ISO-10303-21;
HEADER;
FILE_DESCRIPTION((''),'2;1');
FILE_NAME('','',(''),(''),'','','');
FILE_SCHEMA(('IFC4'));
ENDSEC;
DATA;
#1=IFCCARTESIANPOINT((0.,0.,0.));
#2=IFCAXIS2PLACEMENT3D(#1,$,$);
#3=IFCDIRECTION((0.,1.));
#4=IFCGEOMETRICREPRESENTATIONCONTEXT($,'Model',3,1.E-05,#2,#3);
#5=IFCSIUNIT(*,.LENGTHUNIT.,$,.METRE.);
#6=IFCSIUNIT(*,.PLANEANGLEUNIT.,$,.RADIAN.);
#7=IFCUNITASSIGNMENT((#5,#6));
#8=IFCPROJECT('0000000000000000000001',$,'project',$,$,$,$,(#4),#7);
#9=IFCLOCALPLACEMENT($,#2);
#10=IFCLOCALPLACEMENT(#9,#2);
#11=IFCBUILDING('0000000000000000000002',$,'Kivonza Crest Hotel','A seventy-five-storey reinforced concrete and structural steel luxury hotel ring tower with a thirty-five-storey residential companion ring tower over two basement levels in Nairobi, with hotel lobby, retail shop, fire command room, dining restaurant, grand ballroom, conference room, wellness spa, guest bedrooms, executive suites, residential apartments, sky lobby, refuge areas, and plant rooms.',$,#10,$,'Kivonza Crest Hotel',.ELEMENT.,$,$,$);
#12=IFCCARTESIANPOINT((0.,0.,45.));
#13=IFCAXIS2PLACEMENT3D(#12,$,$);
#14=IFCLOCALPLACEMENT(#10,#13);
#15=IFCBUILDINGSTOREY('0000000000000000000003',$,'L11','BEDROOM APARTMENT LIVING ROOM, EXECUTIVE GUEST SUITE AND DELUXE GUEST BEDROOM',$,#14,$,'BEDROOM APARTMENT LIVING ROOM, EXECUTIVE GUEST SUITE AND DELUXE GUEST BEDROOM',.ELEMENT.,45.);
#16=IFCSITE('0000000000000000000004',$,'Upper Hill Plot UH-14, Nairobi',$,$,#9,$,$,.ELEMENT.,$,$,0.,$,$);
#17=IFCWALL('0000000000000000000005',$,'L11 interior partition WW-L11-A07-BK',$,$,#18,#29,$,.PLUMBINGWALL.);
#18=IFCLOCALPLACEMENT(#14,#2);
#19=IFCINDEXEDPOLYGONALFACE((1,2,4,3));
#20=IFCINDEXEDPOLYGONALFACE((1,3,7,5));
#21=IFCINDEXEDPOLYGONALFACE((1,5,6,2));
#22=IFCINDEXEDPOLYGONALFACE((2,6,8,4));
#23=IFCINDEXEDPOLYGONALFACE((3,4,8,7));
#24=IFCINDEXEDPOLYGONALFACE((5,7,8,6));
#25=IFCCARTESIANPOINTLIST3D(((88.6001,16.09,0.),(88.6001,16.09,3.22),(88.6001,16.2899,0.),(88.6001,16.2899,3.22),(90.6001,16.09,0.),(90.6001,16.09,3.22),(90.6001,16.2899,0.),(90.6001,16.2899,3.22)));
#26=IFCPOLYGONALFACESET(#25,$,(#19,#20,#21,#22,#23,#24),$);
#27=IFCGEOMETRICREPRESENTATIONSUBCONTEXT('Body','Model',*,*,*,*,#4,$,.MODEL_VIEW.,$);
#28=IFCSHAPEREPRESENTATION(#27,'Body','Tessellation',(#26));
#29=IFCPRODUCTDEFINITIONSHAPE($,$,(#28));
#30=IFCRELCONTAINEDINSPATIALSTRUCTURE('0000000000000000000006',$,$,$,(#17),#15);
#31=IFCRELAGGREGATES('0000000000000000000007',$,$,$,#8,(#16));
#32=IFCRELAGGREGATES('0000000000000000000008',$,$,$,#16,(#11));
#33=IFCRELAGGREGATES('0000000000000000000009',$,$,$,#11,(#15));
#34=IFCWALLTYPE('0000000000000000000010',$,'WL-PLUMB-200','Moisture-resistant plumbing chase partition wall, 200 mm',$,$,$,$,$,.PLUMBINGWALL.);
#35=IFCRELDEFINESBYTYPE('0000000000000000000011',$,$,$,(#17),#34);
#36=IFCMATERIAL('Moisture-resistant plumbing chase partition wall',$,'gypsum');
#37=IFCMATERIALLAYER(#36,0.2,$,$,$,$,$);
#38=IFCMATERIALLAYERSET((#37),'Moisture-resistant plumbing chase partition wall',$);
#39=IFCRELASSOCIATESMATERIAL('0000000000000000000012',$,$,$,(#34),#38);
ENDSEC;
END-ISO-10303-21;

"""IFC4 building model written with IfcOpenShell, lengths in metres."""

from ifc_helpers import new_model, si_unit, direction, frame, frame_2d, origin, place, context, subcontext, project, spatial, rectangle, extrude, material, layer, layer_set, type_object, element, save


model = new_model("IFC4")

# Units and contexts
model_context = context("Model", 3, precision=1e-05, world=origin(), true_north=direction((0.0, 1.0)))
body_context = subcontext(model_context, "Body", "Model", "MODEL_VIEW")
ifc_project = project(units=[si_unit("LENGTHUNIT", "METRE"), si_unit("PLANEANGLEUNIT", "RADIAN")], contexts=[model_context])

# Site, building, storey
site_placement = place(None, origin())
site = spatial("IfcSite", under=ifc_project, at=site_placement, Name="Upper Hill Plot UH-14, Nairobi", CompositionType="ELEMENT", RefElevation=0.0)
building_placement = place(site_placement, origin())
building = spatial("IfcBuilding", under=site, at=building_placement, Name="Kivonza Crest Hotel", Description="A seventy-five-storey reinforced concrete and structural steel luxury hotel ring tower with a thirty-five-storey residential companion ring tower over two basement levels in Nairobi, with hotel lobby, retail shop, fire command room, dining restaurant, grand ballroom, conference room, wellness spa, guest bedrooms, executive suites, residential apartments, sky lobby, refuge areas, and plant rooms.", LongName="Kivonza Crest Hotel", CompositionType="ELEMENT")
storey_placement = place(building_placement, frame((0.0, 0.0, 45.0)))
storey = spatial("IfcBuildingStorey", under=building, at=storey_placement, Name="L11", Description="BEDROOM APARTMENT LIVING ROOM, EXECUTIVE GUEST SUITE AND DELUXE GUEST BEDROOM", LongName="BEDROOM APARTMENT LIVING ROOM, EXECUTIVE GUEST SUITE AND DELUXE GUEST BEDROOM", CompositionType="ELEMENT", Elevation=45.0)

# Wall
ifc_material_1 = material(Name="Moisture-resistant plumbing chase partition wall", Category="gypsum")
ifc_layer_1 = layer(ifc_material_1, 0.2)
ifc_layer_set_1 = layer_set([ifc_layer_1], Name="Moisture-resistant plumbing chase partition wall")
wall_type_1 = type_object("IfcWallType", Name="WL-PLUMB-200", Description="Moisture-resistant plumbing chase partition wall, 200 mm", PredefinedType="PLUMBINGWALL", material=ifc_layer_set_1)
wall_1_placement = place(storey_placement, frame((88.6001, 16.1899, 0.0), z_axis=(0.0, 0.0, 1.0), x_axis=(1.0, 0.0, 0.0)))
element("IfcWall", 1, at=wall_1_placement, inside=storey, type_object=wall_type_1, Name="L11 interior partition WW-L11-A07-BK", PredefinedType="PLUMBINGWALL", context=body_context, shape_type="SweptSolid", body=[
    extrude(rectangle(XDim=2.0, YDim=0.2, at=frame_2d((1.0, 0.0))), origin(), (0.0, 0.0, 1.0), 3.22),
])

save(model, "model.ifc")
